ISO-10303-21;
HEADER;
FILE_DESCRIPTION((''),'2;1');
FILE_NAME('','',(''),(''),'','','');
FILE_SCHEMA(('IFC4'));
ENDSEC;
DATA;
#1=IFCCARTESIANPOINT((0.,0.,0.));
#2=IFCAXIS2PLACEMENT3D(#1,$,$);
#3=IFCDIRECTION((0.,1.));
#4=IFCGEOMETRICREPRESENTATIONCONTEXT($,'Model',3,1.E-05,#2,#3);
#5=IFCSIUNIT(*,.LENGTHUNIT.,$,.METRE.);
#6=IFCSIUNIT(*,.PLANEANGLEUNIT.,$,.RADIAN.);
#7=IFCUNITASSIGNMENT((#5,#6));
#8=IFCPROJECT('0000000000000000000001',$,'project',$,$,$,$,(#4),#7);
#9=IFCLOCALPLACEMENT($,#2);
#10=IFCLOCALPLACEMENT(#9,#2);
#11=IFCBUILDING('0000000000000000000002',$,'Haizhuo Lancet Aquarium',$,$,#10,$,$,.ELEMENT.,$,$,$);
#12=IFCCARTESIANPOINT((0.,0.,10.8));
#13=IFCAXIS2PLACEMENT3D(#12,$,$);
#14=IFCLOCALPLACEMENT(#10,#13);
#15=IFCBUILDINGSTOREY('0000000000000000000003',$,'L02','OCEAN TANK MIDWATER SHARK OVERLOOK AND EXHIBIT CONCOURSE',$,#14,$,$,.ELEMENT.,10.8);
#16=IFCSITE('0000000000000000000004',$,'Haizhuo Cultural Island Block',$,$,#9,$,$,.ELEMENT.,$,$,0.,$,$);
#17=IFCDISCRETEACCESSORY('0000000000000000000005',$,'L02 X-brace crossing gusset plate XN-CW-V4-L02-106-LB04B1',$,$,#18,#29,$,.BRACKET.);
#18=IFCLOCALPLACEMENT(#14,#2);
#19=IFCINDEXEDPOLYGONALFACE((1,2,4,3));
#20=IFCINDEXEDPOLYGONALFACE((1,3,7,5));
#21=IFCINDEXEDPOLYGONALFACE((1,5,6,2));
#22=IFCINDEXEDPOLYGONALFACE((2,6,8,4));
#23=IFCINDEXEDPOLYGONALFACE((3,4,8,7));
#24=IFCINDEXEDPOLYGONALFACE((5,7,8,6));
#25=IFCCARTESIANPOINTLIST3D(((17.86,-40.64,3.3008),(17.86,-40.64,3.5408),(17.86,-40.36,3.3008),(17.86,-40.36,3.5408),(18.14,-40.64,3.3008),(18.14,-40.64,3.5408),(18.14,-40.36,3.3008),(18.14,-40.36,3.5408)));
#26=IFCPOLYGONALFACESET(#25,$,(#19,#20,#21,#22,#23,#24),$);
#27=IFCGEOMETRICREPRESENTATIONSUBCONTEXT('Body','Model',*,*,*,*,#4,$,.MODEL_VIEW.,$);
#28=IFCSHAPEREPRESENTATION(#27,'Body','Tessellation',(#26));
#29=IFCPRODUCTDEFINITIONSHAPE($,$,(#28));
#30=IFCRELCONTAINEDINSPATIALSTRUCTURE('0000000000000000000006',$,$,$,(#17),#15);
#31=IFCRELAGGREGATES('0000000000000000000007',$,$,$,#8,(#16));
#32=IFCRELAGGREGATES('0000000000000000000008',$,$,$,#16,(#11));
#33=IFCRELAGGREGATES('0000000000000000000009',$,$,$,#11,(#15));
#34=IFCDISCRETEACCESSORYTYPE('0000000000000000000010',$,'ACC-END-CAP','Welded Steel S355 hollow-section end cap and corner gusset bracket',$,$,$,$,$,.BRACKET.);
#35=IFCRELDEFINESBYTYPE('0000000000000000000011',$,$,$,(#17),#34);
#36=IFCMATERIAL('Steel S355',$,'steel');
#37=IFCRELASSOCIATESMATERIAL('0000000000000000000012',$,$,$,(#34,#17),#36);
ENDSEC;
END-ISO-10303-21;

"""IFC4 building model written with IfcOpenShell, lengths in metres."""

from ifc_helpers import new_model, si_unit, direction, frame, origin, origin_2d, place, context, subcontext, project, spatial, rectangle, extrude, material, type_object, element, save


model = new_model("IFC4")

# Units and contexts
model_context = context("Model", 3, precision=1e-05, world=origin(), true_north=direction((0.0, 1.0)))
body_context = subcontext(model_context, "Body", "Model", "MODEL_VIEW")
ifc_project = project(units=[si_unit("LENGTHUNIT", "METRE"), si_unit("PLANEANGLEUNIT", "RADIAN")], contexts=[model_context])

# Site, building, storey
site_placement = place(None, origin())
site = spatial("IfcSite", under=ifc_project, at=site_placement, Name="Haizhuo Cultural Island Block", CompositionType="ELEMENT", RefElevation=0.0)
building_placement = place(site_placement, origin())
building = spatial("IfcBuilding", under=site, at=building_placement, Name="Haizhuo Lancet Aquarium", CompositionType="ELEMENT")
storey_placement = place(building_placement, frame((0.0, 0.0, 10.8)))
storey = spatial("IfcBuildingStorey", under=building, at=storey_placement, Name="L02", Description="OCEAN TANK MIDWATER SHARK OVERLOOK AND EXHIBIT CONCOURSE", CompositionType="ELEMENT", Elevation=10.8)

# Shared definitions
ifc_material_1 = material(Name="Steel S355", Category="steel")

# Discrete accessory
discrete_accessory_type = type_object("IfcDiscreteAccessoryType", Name="ACC-END-CAP", Description="Welded Steel S355 hollow-section end cap and corner gusset bracket", PredefinedType="BRACKET", material=ifc_material_1)
for number, where, z_axis, x_axis, name in (
    (1, (18.0, -40.5, 3.3008), (0.0, 0.0, 1.0), (1.0, 0.0, 0.0), "L02 X-brace crossing gusset plate XN-CW-V4-L02-106-LB04B1"),
):
    element("IfcDiscreteAccessory", number, at=place(storey_placement, frame(where, z_axis=z_axis, x_axis=x_axis)), inside=storey, type_object=discrete_accessory_type, material=ifc_material_1, Name=name, PredefinedType="BRACKET", context=body_context, shape_type="SweptSolid", body=[
        extrude(rectangle(XDim=0.28, YDim=0.28, at=origin_2d()), origin(), (0.0, 0.0, 1.0), 0.24),
    ])

save(model, "model.ifc")
